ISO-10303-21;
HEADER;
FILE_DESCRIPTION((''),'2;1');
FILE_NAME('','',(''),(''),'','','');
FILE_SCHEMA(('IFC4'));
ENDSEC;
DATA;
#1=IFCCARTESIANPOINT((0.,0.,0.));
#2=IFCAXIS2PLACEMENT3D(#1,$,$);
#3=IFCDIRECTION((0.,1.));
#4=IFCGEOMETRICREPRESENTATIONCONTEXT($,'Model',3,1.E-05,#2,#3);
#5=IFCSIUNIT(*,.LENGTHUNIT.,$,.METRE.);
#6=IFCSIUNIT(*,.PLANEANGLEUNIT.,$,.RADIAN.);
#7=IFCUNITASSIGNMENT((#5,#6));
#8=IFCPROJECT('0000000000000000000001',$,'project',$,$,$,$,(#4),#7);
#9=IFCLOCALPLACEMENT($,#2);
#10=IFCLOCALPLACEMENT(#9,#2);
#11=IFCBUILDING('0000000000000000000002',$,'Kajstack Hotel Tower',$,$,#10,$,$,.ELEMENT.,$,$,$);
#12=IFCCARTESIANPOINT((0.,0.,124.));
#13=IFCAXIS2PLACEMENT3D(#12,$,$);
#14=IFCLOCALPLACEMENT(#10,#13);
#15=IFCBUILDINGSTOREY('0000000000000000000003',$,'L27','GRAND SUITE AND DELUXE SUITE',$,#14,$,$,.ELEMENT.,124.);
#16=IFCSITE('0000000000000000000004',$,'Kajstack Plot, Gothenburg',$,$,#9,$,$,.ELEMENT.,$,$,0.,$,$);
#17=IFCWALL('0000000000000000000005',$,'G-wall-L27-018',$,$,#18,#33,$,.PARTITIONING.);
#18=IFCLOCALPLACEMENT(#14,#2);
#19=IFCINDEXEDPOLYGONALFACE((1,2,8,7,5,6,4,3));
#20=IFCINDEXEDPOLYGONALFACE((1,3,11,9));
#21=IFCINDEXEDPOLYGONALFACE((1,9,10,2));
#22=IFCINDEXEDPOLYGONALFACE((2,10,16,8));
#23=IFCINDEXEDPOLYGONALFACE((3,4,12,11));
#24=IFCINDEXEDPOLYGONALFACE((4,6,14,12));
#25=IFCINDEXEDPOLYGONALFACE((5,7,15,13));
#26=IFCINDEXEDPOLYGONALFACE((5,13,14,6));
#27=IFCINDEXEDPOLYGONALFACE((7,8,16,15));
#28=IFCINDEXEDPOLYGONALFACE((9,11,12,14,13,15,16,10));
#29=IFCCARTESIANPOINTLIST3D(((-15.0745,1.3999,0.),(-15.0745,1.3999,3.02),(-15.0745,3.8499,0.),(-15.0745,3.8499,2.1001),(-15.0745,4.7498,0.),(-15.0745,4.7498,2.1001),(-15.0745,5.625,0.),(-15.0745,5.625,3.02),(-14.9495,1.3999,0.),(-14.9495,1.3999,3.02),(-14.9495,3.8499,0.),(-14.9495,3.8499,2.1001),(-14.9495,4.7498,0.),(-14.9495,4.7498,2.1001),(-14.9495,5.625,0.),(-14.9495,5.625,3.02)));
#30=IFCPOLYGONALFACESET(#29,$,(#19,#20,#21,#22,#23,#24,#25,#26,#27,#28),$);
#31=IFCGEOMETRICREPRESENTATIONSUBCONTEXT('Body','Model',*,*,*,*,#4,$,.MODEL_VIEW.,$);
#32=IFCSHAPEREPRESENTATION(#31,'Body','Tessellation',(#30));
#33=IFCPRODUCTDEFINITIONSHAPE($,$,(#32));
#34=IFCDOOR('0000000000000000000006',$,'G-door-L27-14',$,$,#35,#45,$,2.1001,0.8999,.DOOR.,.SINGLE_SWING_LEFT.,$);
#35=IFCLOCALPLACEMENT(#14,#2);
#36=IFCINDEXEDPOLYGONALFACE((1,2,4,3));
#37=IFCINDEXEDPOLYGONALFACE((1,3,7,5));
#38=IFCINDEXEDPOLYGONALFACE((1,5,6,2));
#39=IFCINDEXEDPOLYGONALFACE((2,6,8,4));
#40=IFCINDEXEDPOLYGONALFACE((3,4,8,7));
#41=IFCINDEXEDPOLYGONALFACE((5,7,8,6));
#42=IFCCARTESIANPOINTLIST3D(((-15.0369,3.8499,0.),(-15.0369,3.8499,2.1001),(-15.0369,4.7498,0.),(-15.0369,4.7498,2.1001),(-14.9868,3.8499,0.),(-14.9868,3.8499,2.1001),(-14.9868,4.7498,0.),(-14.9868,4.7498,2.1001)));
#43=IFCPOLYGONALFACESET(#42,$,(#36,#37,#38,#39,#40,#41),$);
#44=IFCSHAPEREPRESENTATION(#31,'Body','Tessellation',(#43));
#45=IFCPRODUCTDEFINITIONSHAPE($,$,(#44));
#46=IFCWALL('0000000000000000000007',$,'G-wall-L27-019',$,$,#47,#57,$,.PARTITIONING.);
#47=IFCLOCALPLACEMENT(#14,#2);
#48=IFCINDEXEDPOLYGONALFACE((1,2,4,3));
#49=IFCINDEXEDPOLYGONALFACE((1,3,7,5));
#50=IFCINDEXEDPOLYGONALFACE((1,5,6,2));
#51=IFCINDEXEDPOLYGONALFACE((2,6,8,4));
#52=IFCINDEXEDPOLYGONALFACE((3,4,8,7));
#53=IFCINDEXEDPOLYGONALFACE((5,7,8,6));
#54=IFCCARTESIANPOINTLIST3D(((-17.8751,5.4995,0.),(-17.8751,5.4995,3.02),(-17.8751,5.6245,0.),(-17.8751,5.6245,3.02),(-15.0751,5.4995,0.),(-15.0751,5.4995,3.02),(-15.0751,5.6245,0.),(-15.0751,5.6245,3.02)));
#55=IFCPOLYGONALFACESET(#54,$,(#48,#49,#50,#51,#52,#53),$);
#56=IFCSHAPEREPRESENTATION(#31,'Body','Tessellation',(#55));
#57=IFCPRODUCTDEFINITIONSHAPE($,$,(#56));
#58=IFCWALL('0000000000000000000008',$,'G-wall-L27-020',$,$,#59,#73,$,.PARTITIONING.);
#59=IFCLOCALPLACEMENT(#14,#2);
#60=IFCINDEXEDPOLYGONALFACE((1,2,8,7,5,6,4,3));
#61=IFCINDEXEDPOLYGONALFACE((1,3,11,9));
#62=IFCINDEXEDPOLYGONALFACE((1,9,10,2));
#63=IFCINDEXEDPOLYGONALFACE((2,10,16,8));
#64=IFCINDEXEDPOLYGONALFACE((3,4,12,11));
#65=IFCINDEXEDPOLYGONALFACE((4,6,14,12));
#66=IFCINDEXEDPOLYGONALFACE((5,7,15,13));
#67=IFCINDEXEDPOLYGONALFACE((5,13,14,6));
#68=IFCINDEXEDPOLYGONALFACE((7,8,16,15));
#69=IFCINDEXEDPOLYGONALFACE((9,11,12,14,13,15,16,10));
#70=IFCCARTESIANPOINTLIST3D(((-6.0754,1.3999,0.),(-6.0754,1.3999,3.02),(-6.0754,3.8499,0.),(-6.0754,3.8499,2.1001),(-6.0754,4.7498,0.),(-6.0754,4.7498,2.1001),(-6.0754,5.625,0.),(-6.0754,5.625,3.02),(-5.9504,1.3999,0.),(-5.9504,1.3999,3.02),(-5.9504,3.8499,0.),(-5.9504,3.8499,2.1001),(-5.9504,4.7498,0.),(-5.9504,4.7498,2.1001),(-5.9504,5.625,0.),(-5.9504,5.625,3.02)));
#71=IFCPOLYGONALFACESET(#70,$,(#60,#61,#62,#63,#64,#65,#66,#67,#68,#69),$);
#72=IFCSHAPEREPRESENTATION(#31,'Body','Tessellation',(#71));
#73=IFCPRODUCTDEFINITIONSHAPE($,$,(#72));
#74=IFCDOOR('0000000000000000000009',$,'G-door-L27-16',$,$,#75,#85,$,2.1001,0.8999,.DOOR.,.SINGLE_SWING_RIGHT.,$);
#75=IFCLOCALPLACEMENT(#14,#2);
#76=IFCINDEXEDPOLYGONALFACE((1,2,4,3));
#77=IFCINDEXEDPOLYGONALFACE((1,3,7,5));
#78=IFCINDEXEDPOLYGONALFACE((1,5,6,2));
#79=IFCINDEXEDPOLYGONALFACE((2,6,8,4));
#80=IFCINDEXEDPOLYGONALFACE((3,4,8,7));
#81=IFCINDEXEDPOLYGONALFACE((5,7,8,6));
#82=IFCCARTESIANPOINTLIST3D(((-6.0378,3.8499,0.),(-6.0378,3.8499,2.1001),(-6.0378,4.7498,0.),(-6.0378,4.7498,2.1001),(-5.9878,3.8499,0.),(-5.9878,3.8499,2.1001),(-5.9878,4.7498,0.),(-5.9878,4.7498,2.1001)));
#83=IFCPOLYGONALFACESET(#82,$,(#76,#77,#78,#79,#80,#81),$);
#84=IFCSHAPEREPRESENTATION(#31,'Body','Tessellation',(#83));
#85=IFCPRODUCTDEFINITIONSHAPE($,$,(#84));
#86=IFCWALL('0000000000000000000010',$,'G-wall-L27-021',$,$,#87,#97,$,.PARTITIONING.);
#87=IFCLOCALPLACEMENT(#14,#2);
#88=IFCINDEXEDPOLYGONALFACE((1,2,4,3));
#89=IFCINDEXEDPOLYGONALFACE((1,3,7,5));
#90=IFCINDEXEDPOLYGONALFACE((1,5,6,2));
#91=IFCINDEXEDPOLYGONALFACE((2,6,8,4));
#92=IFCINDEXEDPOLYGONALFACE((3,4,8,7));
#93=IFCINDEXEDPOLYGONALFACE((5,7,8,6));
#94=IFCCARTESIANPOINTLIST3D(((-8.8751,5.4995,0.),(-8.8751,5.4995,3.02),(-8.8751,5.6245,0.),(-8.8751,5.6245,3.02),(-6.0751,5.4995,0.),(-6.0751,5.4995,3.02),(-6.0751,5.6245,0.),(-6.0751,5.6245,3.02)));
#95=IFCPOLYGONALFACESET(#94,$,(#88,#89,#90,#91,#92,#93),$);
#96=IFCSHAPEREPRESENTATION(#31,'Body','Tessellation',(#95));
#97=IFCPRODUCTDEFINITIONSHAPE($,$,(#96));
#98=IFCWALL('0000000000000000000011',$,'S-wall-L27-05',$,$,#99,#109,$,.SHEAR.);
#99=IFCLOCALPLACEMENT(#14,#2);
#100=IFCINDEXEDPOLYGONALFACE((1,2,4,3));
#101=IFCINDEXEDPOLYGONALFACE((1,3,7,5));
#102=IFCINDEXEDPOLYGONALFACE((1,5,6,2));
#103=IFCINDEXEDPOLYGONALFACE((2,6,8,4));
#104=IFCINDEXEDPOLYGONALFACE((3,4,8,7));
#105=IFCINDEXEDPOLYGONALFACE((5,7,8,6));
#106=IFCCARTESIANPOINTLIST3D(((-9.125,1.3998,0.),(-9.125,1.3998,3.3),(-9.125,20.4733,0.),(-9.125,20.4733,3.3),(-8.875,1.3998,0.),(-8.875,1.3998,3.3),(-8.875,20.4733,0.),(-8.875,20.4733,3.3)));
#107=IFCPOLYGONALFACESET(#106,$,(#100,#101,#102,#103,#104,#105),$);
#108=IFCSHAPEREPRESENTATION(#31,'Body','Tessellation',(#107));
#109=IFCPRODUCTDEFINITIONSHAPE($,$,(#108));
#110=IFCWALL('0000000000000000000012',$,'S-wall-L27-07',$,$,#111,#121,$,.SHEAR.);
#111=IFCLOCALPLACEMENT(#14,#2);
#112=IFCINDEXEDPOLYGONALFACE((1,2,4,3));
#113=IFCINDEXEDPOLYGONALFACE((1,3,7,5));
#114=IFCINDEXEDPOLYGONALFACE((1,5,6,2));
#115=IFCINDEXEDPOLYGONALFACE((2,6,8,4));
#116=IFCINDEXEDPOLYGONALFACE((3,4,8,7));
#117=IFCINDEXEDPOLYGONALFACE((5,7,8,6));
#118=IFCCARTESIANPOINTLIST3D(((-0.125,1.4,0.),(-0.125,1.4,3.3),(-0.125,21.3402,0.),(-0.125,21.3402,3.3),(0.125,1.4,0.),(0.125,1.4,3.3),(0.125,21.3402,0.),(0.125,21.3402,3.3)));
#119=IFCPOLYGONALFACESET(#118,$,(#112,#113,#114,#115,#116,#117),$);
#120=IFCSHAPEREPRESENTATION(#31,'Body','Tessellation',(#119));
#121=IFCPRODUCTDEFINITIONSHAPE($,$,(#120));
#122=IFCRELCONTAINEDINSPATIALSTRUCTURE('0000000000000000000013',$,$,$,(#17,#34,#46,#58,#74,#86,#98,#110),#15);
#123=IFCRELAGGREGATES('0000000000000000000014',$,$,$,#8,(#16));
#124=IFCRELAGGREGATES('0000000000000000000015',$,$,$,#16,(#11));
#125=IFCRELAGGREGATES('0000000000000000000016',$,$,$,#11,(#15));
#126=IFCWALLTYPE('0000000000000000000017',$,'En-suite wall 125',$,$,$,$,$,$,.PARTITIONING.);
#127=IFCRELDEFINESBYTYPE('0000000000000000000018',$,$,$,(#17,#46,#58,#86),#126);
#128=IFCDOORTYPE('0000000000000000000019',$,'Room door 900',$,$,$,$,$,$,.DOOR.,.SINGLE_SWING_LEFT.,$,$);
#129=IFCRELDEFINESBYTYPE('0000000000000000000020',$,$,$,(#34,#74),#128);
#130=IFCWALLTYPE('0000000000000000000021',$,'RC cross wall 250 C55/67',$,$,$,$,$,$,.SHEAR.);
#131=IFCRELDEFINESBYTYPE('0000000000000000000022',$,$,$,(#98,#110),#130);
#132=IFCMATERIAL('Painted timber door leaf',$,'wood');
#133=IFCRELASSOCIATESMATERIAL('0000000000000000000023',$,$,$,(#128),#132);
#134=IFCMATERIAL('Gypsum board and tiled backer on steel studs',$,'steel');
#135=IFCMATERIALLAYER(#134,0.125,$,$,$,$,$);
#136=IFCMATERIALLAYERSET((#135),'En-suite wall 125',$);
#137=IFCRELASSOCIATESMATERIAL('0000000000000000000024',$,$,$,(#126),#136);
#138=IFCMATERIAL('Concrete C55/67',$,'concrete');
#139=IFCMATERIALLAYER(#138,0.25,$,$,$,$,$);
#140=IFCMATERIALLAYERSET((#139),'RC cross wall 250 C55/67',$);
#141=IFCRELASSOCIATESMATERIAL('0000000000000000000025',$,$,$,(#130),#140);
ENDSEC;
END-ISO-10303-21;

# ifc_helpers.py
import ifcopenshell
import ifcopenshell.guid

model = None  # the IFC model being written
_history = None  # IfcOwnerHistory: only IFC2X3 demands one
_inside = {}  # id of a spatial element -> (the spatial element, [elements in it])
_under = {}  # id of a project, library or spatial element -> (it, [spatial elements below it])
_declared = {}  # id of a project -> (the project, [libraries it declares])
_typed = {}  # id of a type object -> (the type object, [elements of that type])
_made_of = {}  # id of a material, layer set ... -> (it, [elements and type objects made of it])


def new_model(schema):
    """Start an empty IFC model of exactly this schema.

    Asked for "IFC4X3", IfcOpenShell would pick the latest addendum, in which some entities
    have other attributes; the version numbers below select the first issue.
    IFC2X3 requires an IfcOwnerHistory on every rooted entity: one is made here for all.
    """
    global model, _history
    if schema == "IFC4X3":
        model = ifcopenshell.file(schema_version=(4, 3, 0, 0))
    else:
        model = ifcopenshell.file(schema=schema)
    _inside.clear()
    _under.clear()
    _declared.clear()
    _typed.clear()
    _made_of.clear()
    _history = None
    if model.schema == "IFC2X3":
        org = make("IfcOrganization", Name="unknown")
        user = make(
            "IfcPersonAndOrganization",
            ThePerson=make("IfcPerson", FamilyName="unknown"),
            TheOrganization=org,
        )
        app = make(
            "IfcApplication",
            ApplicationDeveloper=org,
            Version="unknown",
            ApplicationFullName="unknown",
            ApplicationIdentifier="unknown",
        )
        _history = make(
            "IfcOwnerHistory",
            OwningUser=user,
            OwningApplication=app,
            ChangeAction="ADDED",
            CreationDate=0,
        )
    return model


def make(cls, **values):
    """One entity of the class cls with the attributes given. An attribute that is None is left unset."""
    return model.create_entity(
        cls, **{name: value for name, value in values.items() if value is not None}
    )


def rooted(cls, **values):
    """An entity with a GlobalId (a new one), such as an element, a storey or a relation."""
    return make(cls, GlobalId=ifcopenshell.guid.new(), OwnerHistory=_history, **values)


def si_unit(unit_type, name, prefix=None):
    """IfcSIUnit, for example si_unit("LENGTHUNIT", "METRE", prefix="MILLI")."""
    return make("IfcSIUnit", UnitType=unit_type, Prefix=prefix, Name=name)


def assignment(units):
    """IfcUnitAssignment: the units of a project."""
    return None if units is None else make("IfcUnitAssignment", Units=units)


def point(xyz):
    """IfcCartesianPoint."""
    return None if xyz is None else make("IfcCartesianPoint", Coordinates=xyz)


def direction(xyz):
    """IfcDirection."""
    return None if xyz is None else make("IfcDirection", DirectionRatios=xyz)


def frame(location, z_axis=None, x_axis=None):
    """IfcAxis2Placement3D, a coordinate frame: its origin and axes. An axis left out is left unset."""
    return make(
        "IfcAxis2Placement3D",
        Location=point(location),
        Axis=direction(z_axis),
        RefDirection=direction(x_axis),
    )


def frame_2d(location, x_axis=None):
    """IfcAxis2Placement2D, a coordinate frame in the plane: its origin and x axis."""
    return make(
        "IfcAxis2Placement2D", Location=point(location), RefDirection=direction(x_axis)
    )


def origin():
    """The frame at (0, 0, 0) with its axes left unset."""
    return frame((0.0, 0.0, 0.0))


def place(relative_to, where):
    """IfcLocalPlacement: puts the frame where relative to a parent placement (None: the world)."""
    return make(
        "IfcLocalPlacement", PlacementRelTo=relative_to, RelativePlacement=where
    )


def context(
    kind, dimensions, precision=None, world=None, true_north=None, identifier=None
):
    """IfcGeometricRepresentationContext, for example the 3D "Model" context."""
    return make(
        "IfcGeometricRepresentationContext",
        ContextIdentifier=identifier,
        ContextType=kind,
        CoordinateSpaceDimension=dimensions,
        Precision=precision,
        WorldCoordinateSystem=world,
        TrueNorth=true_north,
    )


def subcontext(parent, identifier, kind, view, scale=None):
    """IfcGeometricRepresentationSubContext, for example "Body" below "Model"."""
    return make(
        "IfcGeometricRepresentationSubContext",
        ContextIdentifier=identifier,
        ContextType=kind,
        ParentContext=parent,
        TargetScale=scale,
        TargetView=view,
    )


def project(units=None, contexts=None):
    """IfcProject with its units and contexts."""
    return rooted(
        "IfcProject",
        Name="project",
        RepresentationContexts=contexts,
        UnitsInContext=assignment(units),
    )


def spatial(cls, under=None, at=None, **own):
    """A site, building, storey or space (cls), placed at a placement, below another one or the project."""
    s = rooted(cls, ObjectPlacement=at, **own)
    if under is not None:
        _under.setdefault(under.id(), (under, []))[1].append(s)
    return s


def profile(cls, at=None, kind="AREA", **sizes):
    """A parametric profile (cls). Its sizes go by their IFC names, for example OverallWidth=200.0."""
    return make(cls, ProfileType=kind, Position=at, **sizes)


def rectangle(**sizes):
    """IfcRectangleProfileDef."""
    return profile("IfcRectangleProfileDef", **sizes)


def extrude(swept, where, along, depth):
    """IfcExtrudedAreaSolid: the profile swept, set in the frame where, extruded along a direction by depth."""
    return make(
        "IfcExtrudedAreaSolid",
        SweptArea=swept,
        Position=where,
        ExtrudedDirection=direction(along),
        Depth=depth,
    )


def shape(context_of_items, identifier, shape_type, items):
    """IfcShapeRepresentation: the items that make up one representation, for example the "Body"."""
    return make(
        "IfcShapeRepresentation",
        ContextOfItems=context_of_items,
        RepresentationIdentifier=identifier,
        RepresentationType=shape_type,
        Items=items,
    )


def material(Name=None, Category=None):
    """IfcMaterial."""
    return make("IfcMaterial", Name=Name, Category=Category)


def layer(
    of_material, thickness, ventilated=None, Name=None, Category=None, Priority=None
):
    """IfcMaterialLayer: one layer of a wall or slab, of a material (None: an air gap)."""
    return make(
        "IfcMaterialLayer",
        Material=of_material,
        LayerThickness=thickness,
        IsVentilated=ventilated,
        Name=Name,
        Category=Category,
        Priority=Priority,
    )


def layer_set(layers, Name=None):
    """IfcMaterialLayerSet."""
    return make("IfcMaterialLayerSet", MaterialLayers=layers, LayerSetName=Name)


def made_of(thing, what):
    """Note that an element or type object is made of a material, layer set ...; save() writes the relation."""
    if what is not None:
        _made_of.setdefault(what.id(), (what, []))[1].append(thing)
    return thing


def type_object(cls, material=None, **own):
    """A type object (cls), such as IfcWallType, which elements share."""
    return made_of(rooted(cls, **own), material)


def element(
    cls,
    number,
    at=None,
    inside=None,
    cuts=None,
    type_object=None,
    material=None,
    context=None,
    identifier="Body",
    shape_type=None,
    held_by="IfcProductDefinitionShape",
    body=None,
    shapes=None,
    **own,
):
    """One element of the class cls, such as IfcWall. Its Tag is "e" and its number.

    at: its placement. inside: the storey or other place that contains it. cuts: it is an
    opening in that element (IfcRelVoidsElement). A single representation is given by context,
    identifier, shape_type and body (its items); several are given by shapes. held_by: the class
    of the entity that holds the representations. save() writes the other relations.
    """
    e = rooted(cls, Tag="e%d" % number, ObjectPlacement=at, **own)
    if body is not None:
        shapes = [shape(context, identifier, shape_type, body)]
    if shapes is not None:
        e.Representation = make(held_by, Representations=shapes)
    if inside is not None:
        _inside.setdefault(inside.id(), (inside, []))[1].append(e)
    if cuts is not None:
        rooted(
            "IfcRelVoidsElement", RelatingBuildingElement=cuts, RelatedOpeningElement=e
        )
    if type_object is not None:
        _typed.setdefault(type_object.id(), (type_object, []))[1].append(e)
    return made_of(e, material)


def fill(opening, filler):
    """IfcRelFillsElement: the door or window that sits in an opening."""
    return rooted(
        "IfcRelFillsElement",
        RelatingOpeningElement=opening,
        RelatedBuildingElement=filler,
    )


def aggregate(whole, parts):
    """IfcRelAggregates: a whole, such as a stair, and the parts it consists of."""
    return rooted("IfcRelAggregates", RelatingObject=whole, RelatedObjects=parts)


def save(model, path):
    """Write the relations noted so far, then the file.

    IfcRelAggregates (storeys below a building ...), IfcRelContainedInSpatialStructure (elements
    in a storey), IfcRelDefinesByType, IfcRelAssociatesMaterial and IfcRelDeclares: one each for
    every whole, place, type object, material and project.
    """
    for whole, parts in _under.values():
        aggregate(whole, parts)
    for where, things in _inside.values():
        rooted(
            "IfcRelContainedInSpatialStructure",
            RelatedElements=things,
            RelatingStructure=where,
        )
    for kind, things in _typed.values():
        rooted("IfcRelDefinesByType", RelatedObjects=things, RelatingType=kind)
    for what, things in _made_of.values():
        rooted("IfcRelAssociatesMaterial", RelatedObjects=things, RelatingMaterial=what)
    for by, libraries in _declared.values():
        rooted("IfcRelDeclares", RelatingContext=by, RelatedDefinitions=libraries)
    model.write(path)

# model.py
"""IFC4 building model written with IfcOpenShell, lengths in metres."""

from ifc_helpers import new_model, si_unit, direction, frame, frame_2d, origin, place, context, subcontext, project, spatial, rectangle, extrude, material, layer, layer_set, type_object, element, fill, save


model = new_model("IFC4")

# Units and contexts
model_context = context("Model", 3, precision=1e-05, world=origin(), true_north=direction((0.0, 1.0)))
body_context = subcontext(model_context, "Body", "Model", "MODEL_VIEW")
ifc_project = project(units=[si_unit("LENGTHUNIT", "METRE"), si_unit("PLANEANGLEUNIT", "RADIAN")], contexts=[model_context])

# Site, building, storey
site_placement = place(None, origin())
site = spatial("IfcSite", under=ifc_project, at=site_placement, Name="Kajstack Plot, Gothenburg", CompositionType="ELEMENT", RefElevation=0.0)
building_placement = place(site_placement, origin())
building = spatial("IfcBuilding", under=site, at=building_placement, Name="Kajstack Hotel Tower", CompositionType="ELEMENT")
storey_placement = place(building_placement, frame((0.0, 0.0, 124.0)))
storey = spatial("IfcBuildingStorey", under=building, at=storey_placement, Name="L27", Description="GRAND SUITE AND DELUXE SUITE", CompositionType="ELEMENT", Elevation=124.0)

# Shared definitions
ifc_material_1 = material(Name="Painted timber door leaf", Category="wood")
door_type_1 = type_object("IfcDoorType", Name="Room door 900", OperationType="SINGLE_SWING_LEFT", PredefinedType="DOOR", material=ifc_material_1)

# Wall, opening, door
ifc_material_2 = material(Name="Gypsum board and tiled backer on steel studs", Category="steel")
ifc_layer_1 = layer(ifc_material_2, 0.125)
ifc_layer_set_1 = layer_set([ifc_layer_1], Name="En-suite wall 125")
wall_type_1 = type_object("IfcWallType", Name="En-suite wall 125", PredefinedType="PARTITIONING", material=ifc_layer_set_1)
wall_1_placement = place(storey_placement, frame((-15.012, 1.3999, 0.0), z_axis=(0.0, 0.0, 1.0), x_axis=(0.0, 1.0, 0.0)))
wall_1 = element("IfcWall", 1, at=wall_1_placement, inside=storey, type_object=wall_type_1, Name="G-wall-L27-018", PredefinedType="PARTITIONING", context=body_context, shape_type="SweptSolid", body=[
    extrude(rectangle(XDim=4.2251, YDim=0.125, at=frame_2d((2.1125, 0.0))), origin(), (0.0, 0.0, 1.0), 3.02),
])
opening_1_placement = place(wall_1_placement, frame((2.45, 0.0, 0.0)))
opening_1 = element("IfcOpeningElement", 2, at=opening_1_placement, cuts=wall_1, PredefinedType="OPENING", context=body_context, shape_type="SweptSolid", body=[
    extrude(rectangle(XDim=0.8999, YDim=2.1001, at=frame_2d((0.45, 1.05))), frame((0.0, 0.0725, 0.0), z_axis=(0.0, -1.0, 0.0), x_axis=(1.0, 0.0, 0.0)), (0.0, 0.0, 1.0), 0.145),
])
door_1_placement = place(opening_1_placement, origin())
door_1 = element("IfcDoor", 3, at=door_1_placement, inside=storey, type_object=door_type_1, Name="G-door-L27-14", OperationType="SINGLE_SWING_LEFT", OverallHeight=2.1001, OverallWidth=0.8999, PredefinedType="DOOR", context=body_context, shape_type="SweptSolid", body=[
    extrude(rectangle(XDim=0.8999, YDim=2.1001, at=frame_2d((0.45, 1.05))), frame((0.0, 0.0249, 0.0), z_axis=(0.0, -1.0, 0.0), x_axis=(1.0, 0.0, 0.0)), (0.0, 0.0, 1.0), 0.05),
])
fill(opening_1, door_1)

# Wall
wall_2_placement = place(storey_placement, frame((-17.875, 5.562, 0.0), z_axis=(0.0, 0.0, 1.0), x_axis=(1.0, 0.0, 0.0)))
element("IfcWall", 4, at=wall_2_placement, inside=storey, type_object=wall_type_1, Name="G-wall-L27-019", PredefinedType="PARTITIONING", context=body_context, shape_type="SweptSolid", body=[
    extrude(rectangle(XDim=2.8, YDim=0.125, at=frame_2d((1.3999, 0.0))), origin(), (0.0, 0.0, 1.0), 3.02),
])

# Wall, opening, door
wall_3_placement = place(storey_placement, frame((-6.0129, 1.3999, 0.0), z_axis=(0.0, 0.0, 1.0), x_axis=(0.0, 1.0, 0.0)))
wall_3 = element("IfcWall", 5, at=wall_3_placement, inside=storey, type_object=wall_type_1, Name="G-wall-L27-020", PredefinedType="PARTITIONING", context=body_context, shape_type="SweptSolid", body=[
    extrude(rectangle(XDim=4.2251, YDim=0.125, at=frame_2d((2.1125, 0.0))), origin(), (0.0, 0.0, 1.0), 3.02),
])
opening_2_placement = place(wall_3_placement, frame((2.45, 0.0, 0.0)))
opening_2 = element("IfcOpeningElement", 6, at=opening_2_placement, cuts=wall_3, PredefinedType="OPENING", context=body_context, shape_type="SweptSolid", body=[
    extrude(rectangle(XDim=0.8999, YDim=2.1001, at=frame_2d((0.45, 1.05))), frame((0.0, 0.0725, 0.0), z_axis=(0.0, -1.0, 0.0), x_axis=(1.0, 0.0, 0.0)), (0.0, 0.0, 1.0), 0.145),
])
door_2_placement = place(opening_2_placement, origin())
door_2 = element("IfcDoor", 7, at=door_2_placement, inside=storey, type_object=door_type_1, Name="G-door-L27-16", OperationType="SINGLE_SWING_RIGHT", OverallHeight=2.1001, OverallWidth=0.8999, PredefinedType="DOOR", context=body_context, shape_type="SweptSolid", body=[
    extrude(rectangle(XDim=0.8999, YDim=2.1001, at=frame_2d((0.45, 1.05))), frame((0.0, 0.0249, 0.0), z_axis=(0.0, -1.0, 0.0), x_axis=(1.0, 0.0, 0.0)), (0.0, 0.0, 1.0), 0.05),
])
fill(opening_2, door_2)

# Walls
wall_4_placement = place(storey_placement, frame((-8.875, 5.562, 0.0), z_axis=(0.0, 0.0, 1.0), x_axis=(1.0, 0.0, 0.0)))
element("IfcWall", 8, at=wall_4_placement, inside=storey, type_object=wall_type_1, Name="G-wall-L27-021", PredefinedType="PARTITIONING", context=body_context, shape_type="SweptSolid", body=[
    extrude(rectangle(XDim=2.8, YDim=0.125, at=frame_2d((1.3999, 0.0))), origin(), (0.0, 0.0, 1.0), 3.02),
])
ifc_material_3 = material(Name="Concrete C55/67", Category="concrete")
ifc_layer_2 = layer(ifc_material_3, 0.25)
ifc_layer_set_2 = layer_set([ifc_layer_2], Name="RC cross wall 250 C55/67")
wall_type_2 = type_object("IfcWallType", Name="RC cross wall 250 C55/67", PredefinedType="SHEAR", material=ifc_layer_set_2)
wall_5_placement = place(storey_placement, frame((-9.0, 1.3999, 0.0), z_axis=(0.0, 0.0, 1.0), x_axis=(0.0, 1.0, 0.0)))
element("IfcWall", 9, at=wall_5_placement, inside=storey, type_object=wall_type_2, Name="S-wall-L27-05", PredefinedType="SHEAR", context=body_context, shape_type="SweptSolid", body=[
    extrude(rectangle(XDim=19.0735, YDim=0.25, at=frame_2d((9.5366, 0.0))), origin(), (0.0, 0.0, 1.0), 3.3),
])
wall_6_placement = place(storey_placement, frame((0.0, 1.3999, 0.0), z_axis=(0.0, 0.0, 1.0), x_axis=(0.0, 1.0, 0.0)))
element("IfcWall", 10, at=wall_6_placement, inside=storey, type_object=wall_type_2, Name="S-wall-L27-07", PredefinedType="SHEAR", context=body_context, shape_type="SweptSolid", body=[
    extrude(rectangle(XDim=19.9402, YDim=0.25, at=frame_2d((9.9702, 0.0))), origin(), (0.0, 0.0, 1.0), 3.3),
])

save(model, "model.ifc")
